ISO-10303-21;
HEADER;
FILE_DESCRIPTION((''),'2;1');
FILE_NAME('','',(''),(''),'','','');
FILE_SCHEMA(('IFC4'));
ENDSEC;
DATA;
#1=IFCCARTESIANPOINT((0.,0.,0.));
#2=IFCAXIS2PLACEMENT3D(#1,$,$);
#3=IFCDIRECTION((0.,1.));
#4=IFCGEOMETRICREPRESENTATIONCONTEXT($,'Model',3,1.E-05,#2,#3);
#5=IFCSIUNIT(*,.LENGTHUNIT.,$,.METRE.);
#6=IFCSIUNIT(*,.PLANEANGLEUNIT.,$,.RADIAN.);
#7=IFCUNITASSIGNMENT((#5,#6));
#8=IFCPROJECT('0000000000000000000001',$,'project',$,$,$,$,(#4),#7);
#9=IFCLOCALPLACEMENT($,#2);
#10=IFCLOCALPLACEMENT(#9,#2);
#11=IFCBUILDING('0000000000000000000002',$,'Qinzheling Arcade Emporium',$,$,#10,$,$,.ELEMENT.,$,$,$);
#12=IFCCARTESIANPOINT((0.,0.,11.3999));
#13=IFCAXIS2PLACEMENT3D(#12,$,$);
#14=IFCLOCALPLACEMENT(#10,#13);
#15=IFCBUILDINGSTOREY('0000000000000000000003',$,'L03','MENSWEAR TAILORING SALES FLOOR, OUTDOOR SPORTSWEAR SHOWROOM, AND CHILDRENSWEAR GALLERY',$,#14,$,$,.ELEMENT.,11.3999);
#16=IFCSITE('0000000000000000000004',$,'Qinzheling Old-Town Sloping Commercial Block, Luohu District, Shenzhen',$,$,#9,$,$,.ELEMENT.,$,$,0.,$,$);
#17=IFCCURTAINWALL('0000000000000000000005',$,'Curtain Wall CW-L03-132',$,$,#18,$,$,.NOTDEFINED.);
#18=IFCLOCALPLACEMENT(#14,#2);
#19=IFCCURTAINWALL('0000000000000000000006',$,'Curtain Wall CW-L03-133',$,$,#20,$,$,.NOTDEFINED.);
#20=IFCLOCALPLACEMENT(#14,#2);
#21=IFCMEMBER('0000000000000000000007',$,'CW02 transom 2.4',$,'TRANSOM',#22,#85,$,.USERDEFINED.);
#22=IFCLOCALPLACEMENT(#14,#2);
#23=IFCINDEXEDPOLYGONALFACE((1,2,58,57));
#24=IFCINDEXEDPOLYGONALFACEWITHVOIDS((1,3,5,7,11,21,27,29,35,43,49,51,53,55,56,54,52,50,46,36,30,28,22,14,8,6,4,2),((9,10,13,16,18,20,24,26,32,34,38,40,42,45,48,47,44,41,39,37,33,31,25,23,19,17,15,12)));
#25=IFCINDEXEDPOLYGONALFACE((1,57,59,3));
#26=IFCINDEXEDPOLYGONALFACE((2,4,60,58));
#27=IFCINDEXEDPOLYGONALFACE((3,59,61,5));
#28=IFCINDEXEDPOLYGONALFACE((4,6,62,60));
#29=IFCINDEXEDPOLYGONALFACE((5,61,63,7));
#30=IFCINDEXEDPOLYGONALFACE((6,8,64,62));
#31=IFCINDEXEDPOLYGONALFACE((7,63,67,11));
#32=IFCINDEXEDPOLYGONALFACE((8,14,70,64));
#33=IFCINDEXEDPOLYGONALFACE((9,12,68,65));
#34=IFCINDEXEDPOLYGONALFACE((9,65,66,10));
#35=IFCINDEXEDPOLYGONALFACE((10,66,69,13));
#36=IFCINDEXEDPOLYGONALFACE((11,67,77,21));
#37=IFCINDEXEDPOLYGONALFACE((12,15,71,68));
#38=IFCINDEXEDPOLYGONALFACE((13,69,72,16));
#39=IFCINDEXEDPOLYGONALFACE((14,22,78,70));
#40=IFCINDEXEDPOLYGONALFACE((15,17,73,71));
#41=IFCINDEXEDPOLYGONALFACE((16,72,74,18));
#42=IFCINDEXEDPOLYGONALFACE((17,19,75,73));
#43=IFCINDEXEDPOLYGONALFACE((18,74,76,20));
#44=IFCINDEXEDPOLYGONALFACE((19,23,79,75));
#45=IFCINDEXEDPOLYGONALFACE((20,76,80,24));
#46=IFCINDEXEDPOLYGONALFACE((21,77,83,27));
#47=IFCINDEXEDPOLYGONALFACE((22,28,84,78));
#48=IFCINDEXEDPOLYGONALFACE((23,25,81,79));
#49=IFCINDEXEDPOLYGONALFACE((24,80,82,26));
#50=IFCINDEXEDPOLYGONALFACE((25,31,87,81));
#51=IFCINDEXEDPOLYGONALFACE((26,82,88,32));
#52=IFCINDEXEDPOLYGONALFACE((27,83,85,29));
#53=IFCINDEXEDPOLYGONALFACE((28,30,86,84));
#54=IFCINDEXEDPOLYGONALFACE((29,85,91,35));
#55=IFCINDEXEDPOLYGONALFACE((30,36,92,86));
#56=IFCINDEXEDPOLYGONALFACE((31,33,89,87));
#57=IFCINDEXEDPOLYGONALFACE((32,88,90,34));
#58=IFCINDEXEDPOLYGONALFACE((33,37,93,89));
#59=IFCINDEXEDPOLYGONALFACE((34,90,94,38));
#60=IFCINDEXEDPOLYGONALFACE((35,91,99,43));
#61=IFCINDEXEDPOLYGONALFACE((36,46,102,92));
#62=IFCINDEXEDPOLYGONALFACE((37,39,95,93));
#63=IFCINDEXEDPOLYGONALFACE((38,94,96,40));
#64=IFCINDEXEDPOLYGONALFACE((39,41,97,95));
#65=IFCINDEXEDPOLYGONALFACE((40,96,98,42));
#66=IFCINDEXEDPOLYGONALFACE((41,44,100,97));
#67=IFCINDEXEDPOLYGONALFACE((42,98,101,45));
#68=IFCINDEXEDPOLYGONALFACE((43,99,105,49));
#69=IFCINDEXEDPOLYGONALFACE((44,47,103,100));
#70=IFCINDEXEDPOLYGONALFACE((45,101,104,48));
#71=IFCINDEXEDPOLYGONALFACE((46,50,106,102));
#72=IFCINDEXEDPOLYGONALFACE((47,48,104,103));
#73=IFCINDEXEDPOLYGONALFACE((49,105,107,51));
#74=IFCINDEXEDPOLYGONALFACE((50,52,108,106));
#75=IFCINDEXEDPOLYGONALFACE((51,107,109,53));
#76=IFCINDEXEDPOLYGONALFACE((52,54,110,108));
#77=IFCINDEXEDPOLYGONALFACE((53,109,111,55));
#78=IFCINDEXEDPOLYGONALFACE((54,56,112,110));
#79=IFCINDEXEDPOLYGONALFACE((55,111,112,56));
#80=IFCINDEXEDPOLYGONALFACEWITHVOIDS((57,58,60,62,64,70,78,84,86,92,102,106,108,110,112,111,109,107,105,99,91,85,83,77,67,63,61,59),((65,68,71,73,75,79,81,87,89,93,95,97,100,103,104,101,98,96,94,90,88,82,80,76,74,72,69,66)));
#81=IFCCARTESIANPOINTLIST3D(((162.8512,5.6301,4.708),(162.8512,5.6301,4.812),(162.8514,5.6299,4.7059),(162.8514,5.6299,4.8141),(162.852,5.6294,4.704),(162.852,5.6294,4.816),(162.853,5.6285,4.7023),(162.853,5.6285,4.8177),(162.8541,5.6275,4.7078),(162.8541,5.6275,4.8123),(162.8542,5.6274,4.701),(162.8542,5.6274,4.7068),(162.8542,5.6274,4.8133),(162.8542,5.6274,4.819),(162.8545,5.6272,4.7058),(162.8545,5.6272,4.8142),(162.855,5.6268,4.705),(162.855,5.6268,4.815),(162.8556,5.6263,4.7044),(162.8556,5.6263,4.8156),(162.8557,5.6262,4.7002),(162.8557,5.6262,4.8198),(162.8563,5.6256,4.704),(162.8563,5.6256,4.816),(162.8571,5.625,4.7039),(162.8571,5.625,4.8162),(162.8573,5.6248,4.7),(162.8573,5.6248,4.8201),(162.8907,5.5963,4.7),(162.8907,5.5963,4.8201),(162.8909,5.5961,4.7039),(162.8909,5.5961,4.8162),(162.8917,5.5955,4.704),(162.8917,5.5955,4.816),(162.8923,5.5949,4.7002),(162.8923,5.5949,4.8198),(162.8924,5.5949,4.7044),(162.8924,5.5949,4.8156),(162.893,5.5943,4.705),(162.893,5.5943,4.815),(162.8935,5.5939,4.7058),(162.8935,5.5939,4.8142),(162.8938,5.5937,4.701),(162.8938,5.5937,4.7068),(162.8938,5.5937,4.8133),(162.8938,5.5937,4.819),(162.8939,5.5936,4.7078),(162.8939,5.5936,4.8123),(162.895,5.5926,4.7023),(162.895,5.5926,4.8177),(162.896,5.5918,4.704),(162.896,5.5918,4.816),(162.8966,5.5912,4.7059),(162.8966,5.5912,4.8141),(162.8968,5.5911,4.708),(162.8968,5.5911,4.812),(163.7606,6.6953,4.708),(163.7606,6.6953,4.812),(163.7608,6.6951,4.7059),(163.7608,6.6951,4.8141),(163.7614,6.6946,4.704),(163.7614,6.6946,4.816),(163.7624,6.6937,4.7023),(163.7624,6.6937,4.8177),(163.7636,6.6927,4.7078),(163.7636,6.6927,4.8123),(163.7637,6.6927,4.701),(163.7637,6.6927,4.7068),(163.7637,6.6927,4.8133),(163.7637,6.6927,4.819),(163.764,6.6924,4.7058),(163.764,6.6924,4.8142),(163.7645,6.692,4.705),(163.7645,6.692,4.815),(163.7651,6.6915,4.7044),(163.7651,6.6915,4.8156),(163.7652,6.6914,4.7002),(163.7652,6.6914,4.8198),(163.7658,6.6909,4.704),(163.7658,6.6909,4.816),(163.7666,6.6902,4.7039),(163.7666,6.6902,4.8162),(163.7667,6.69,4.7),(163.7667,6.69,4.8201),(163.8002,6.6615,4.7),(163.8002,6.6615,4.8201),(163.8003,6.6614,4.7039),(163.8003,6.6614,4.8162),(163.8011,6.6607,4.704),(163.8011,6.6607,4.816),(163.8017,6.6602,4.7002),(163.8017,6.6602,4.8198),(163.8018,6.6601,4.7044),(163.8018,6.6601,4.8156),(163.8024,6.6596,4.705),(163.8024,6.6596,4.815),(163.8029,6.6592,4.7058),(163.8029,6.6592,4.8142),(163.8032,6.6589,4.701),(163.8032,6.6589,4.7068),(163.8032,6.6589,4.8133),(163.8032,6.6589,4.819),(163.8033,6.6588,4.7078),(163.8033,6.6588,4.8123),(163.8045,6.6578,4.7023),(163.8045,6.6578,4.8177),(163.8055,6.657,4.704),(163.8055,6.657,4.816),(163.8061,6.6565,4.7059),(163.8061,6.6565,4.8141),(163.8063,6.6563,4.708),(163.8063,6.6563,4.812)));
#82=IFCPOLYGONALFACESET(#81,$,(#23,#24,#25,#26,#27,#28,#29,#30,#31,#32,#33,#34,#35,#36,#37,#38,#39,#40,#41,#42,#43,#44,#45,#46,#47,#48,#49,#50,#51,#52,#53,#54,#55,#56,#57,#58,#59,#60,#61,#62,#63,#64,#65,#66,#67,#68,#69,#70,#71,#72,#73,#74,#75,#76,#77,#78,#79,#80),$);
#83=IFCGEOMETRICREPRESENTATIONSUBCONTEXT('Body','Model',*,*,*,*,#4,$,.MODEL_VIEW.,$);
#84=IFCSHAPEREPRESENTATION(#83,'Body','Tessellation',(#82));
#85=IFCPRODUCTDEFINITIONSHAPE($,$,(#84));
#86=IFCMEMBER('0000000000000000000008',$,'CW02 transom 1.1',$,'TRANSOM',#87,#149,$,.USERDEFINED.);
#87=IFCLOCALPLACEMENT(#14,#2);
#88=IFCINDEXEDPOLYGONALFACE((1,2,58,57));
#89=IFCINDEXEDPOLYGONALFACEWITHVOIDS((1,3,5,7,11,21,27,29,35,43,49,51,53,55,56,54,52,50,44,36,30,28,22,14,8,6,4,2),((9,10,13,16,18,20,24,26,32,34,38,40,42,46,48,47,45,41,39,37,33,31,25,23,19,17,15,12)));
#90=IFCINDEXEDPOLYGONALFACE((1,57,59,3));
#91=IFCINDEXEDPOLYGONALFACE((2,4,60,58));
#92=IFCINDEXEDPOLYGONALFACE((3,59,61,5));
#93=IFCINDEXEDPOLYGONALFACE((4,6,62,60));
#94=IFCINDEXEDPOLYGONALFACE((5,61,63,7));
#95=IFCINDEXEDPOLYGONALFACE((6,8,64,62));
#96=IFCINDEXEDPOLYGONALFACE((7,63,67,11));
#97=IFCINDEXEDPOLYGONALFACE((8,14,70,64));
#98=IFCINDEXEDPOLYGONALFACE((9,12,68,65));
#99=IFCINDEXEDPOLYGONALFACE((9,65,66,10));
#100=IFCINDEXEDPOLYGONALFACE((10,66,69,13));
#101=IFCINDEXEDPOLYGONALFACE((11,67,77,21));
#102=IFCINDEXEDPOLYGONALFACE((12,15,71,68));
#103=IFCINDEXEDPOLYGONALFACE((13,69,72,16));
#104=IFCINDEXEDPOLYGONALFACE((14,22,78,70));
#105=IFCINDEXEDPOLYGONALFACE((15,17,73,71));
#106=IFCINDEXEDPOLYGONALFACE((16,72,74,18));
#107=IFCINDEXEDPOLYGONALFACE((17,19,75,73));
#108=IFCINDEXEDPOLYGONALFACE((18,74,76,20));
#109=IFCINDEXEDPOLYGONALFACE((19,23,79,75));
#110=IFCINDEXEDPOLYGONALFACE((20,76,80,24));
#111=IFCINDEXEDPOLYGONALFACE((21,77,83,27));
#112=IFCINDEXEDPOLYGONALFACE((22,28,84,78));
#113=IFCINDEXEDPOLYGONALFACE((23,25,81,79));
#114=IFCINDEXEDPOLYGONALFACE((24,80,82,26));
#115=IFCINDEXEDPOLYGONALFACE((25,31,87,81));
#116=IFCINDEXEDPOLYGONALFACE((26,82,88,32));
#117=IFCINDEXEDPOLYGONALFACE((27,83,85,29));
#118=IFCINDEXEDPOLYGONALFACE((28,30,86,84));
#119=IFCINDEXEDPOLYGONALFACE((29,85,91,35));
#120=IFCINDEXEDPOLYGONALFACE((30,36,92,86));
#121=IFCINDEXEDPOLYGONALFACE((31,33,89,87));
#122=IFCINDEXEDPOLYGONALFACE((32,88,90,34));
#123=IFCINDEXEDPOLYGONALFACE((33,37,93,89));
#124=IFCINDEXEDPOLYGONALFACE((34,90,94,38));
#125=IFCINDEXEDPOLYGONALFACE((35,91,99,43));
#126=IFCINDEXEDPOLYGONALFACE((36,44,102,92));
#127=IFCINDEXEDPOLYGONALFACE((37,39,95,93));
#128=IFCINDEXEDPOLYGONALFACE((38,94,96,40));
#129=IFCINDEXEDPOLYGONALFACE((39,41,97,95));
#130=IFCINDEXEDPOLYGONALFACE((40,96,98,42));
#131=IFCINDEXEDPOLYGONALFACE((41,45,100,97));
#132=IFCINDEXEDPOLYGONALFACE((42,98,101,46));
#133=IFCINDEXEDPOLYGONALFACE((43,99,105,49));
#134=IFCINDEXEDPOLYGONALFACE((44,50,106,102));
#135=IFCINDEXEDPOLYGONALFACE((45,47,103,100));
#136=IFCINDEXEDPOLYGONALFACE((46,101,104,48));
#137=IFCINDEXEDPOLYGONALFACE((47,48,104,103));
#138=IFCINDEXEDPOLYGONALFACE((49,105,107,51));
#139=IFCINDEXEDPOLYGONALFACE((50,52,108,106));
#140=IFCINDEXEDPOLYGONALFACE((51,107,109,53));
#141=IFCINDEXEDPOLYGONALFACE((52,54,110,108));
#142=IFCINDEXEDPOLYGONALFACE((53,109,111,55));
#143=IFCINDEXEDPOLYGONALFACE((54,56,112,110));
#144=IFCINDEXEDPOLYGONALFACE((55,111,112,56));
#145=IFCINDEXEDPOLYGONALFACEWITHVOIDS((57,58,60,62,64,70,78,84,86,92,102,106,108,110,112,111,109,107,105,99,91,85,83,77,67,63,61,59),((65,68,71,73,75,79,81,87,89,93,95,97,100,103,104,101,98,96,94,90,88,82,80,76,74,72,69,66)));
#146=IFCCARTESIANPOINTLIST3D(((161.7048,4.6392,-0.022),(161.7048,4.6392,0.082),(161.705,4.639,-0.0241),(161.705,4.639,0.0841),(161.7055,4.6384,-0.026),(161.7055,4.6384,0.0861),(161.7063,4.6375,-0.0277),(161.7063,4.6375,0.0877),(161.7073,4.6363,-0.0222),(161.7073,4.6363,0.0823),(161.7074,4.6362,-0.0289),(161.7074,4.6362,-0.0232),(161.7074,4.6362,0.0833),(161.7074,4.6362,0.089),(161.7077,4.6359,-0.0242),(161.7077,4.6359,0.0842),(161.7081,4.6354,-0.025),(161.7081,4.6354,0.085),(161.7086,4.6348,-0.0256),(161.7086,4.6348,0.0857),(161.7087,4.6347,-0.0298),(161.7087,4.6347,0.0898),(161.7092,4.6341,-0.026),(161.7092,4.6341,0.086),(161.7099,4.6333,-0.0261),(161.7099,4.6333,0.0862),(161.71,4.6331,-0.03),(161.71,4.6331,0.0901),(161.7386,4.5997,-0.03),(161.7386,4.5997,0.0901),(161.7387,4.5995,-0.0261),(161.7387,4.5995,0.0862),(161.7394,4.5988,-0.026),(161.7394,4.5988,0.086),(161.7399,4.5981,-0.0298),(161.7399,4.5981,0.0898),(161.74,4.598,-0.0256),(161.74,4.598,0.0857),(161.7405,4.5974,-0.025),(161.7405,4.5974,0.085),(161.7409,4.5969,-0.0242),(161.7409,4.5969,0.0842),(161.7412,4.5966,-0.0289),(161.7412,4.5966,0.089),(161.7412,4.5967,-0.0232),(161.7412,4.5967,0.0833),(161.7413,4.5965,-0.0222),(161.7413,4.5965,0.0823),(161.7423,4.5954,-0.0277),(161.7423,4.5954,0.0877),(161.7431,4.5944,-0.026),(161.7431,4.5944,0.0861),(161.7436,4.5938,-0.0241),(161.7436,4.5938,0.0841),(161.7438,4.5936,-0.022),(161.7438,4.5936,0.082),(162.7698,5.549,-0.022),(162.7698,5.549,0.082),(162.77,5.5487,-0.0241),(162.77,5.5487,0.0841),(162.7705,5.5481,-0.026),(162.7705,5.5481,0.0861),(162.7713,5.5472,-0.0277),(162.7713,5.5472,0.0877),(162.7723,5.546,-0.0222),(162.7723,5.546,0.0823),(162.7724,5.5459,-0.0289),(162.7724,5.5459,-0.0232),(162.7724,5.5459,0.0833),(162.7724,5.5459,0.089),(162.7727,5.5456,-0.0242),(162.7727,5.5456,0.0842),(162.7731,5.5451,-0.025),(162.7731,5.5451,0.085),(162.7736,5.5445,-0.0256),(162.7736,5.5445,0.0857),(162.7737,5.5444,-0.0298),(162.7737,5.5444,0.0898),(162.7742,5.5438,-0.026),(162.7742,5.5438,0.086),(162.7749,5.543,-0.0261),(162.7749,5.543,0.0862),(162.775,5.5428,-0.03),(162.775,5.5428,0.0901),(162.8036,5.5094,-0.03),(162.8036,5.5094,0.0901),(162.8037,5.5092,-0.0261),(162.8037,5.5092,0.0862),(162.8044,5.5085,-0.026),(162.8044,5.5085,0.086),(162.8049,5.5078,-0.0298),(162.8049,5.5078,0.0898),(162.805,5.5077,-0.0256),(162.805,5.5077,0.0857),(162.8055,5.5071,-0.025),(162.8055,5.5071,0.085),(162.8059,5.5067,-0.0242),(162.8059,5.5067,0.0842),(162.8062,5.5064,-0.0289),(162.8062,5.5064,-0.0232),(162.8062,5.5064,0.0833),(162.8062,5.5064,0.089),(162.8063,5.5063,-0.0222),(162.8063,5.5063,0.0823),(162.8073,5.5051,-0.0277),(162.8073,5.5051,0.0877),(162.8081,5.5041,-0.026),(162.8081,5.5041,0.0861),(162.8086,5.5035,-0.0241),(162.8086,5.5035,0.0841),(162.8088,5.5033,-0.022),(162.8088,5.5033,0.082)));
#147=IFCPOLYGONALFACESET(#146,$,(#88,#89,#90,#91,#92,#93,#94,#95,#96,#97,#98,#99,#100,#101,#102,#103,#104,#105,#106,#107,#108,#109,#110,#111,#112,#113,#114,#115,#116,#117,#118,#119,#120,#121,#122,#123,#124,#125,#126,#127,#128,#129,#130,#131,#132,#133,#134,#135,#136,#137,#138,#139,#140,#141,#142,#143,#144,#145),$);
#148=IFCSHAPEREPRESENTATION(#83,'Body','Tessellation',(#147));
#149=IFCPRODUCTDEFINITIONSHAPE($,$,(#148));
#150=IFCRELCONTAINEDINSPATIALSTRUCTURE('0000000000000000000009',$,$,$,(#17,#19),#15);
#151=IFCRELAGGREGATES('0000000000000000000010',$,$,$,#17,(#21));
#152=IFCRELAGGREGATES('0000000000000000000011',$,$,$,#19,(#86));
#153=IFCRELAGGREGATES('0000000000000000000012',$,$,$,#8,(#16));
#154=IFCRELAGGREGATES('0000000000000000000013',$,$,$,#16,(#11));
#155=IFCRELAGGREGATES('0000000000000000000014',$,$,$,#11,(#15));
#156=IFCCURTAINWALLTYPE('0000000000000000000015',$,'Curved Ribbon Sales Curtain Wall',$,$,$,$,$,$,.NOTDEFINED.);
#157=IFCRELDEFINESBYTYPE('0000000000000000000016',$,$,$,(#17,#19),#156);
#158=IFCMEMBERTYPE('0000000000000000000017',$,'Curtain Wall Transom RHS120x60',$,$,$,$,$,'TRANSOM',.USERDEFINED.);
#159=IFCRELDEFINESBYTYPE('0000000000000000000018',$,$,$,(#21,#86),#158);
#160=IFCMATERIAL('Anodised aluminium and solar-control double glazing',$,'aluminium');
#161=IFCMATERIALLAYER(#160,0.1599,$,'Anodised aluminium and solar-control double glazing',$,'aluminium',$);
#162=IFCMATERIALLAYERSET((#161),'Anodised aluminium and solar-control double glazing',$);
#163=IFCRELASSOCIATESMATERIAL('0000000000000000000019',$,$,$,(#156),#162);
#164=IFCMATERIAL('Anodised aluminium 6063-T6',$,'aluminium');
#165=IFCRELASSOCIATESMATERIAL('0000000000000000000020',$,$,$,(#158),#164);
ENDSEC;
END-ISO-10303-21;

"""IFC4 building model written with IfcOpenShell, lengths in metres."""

from ifc_helpers import new_model, si_unit, direction, frame, origin, origin_2d, place, context, subcontext, project, spatial, hollow_rectangle, extrude, material, layer, layer_set, material_profile, profile_set, type_object, element, aggregate, save


model = new_model("IFC4")

# Units and contexts
model_context = context("Model", 3, precision=1e-05, world=origin(), true_north=direction((0.0, 1.0)))
body_context = subcontext(model_context, "Body", "Model", "MODEL_VIEW")
ifc_project = project(units=[si_unit("LENGTHUNIT", "METRE"), si_unit("PLANEANGLEUNIT", "RADIAN")], contexts=[model_context])

# Site, building, storey
site_placement = place(None, origin())
site = spatial("IfcSite", under=ifc_project, at=site_placement, Name="Qinzheling Old-Town Sloping Commercial Block, Luohu District, Shenzhen", CompositionType="ELEMENT", RefElevation=0.0)
building_placement = place(site_placement, origin())
building = spatial("IfcBuilding", under=site, at=building_placement, Name="Qinzheling Arcade Emporium", CompositionType="ELEMENT")
storey_placement = place(building_placement, frame((0.0, 0.0, 11.3999)))
storey = spatial("IfcBuildingStorey", under=building, at=storey_placement, Name="L03", Description="MENSWEAR TAILORING SALES FLOOR, OUTDOOR SPORTSWEAR SHOWROOM, AND CHILDRENSWEAR GALLERY", CompositionType="ELEMENT", Elevation=11.3999)

# Curtain wall
ifc_material_1 = material(Name="Anodised aluminium and solar-control double glazing", Category="aluminium")
ifc_layer_1 = layer(ifc_material_1, 0.1599, Name="Anodised aluminium and solar-control double glazing", Category="aluminium")
ifc_layer_set_1 = layer_set([ifc_layer_1], Name="Anodised aluminium and solar-control double glazing")
curtain_wall_type = type_object("IfcCurtainWallType", Name="Curved Ribbon Sales Curtain Wall", PredefinedType="NOTDEFINED", material=ifc_layer_set_1)
ifc_material_2 = material(Name="Anodised aluminium 6063-T6", Category="aluminium")
curtain_wall_1_placement = place(storey_placement, origin())
curtain_wall_1 = element("IfcCurtainWall", 1, at=curtain_wall_1_placement, inside=storey, type_object=curtain_wall_type, Name="Curtain Wall CW-L03-132", PredefinedType="NOTDEFINED")

# Curtain wall
curtain_wall_2_placement = place(storey_placement, origin())
curtain_wall_2 = element("IfcCurtainWall", 2, at=curtain_wall_2_placement, inside=storey, type_object=curtain_wall_type, Name="Curtain Wall CW-L03-133", PredefinedType="NOTDEFINED")

# Members
ifc_material_profile_1 = material_profile(ifc_material_2, hollow_rectangle(XDim=0.0601, YDim=0.1201, WallThickness=0.0039, InnerFilletRadius=0.0039, OuterFilletRadius=0.0081, at=origin_2d()), Name="RHS 120x60x4", Category="aluminium")
ifc_profile_set_1 = profile_set([ifc_material_profile_1], Name="Anodised aluminium 6063-T6")
member_type_1 = type_object("IfcMemberType", Name="Curtain Wall Transom RHS120x60", ElementType="TRANSOM", PredefinedType="USERDEFINED", material=ifc_profile_set_1)
member_1_placement = place(storey_placement, frame((163.7834, 6.6758, 4.76), z_axis=(-0.649312, -0.760523, 0.0), x_axis=(0.760523, -0.649312, 0.0)))
member_1 = element("IfcMember", 3, at=member_1_placement, type_object=member_type_1, Name="CW02 transom 2.4", ObjectType="TRANSOM", PredefinedType="USERDEFINED", context=body_context, shape_type="SweptSolid", body=[
    extrude(hollow_rectangle(XDim=0.0601, YDim=0.1201, WallThickness=0.0039, InnerFilletRadius=0.0039, OuterFilletRadius=0.0081, at=origin_2d()), origin(), (0.0, 0.0, 1.0), 1.4006),
])
member_2_placement = place(storey_placement, frame((162.7893, 5.5261, 0.03), z_axis=(-0.760363, -0.649498, 0.0), x_axis=(0.649498, -0.760363, 0.0)))
member_2 = element("IfcMember", 4, at=member_2_placement, type_object=member_type_1, Name="CW02 transom 1.1", ObjectType="TRANSOM", PredefinedType="USERDEFINED", context=body_context, shape_type="SweptSolid", body=[
    extrude(hollow_rectangle(XDim=0.0601, YDim=0.1201, WallThickness=0.0039, InnerFilletRadius=0.0039, OuterFilletRadius=0.0081, at=origin_2d()), origin(), (0.0, 0.0, 1.0), 1.4006),
])

aggregate(curtain_wall_1, [member_1])
aggregate(curtain_wall_2, [member_2])

save(model, "model.ifc")
